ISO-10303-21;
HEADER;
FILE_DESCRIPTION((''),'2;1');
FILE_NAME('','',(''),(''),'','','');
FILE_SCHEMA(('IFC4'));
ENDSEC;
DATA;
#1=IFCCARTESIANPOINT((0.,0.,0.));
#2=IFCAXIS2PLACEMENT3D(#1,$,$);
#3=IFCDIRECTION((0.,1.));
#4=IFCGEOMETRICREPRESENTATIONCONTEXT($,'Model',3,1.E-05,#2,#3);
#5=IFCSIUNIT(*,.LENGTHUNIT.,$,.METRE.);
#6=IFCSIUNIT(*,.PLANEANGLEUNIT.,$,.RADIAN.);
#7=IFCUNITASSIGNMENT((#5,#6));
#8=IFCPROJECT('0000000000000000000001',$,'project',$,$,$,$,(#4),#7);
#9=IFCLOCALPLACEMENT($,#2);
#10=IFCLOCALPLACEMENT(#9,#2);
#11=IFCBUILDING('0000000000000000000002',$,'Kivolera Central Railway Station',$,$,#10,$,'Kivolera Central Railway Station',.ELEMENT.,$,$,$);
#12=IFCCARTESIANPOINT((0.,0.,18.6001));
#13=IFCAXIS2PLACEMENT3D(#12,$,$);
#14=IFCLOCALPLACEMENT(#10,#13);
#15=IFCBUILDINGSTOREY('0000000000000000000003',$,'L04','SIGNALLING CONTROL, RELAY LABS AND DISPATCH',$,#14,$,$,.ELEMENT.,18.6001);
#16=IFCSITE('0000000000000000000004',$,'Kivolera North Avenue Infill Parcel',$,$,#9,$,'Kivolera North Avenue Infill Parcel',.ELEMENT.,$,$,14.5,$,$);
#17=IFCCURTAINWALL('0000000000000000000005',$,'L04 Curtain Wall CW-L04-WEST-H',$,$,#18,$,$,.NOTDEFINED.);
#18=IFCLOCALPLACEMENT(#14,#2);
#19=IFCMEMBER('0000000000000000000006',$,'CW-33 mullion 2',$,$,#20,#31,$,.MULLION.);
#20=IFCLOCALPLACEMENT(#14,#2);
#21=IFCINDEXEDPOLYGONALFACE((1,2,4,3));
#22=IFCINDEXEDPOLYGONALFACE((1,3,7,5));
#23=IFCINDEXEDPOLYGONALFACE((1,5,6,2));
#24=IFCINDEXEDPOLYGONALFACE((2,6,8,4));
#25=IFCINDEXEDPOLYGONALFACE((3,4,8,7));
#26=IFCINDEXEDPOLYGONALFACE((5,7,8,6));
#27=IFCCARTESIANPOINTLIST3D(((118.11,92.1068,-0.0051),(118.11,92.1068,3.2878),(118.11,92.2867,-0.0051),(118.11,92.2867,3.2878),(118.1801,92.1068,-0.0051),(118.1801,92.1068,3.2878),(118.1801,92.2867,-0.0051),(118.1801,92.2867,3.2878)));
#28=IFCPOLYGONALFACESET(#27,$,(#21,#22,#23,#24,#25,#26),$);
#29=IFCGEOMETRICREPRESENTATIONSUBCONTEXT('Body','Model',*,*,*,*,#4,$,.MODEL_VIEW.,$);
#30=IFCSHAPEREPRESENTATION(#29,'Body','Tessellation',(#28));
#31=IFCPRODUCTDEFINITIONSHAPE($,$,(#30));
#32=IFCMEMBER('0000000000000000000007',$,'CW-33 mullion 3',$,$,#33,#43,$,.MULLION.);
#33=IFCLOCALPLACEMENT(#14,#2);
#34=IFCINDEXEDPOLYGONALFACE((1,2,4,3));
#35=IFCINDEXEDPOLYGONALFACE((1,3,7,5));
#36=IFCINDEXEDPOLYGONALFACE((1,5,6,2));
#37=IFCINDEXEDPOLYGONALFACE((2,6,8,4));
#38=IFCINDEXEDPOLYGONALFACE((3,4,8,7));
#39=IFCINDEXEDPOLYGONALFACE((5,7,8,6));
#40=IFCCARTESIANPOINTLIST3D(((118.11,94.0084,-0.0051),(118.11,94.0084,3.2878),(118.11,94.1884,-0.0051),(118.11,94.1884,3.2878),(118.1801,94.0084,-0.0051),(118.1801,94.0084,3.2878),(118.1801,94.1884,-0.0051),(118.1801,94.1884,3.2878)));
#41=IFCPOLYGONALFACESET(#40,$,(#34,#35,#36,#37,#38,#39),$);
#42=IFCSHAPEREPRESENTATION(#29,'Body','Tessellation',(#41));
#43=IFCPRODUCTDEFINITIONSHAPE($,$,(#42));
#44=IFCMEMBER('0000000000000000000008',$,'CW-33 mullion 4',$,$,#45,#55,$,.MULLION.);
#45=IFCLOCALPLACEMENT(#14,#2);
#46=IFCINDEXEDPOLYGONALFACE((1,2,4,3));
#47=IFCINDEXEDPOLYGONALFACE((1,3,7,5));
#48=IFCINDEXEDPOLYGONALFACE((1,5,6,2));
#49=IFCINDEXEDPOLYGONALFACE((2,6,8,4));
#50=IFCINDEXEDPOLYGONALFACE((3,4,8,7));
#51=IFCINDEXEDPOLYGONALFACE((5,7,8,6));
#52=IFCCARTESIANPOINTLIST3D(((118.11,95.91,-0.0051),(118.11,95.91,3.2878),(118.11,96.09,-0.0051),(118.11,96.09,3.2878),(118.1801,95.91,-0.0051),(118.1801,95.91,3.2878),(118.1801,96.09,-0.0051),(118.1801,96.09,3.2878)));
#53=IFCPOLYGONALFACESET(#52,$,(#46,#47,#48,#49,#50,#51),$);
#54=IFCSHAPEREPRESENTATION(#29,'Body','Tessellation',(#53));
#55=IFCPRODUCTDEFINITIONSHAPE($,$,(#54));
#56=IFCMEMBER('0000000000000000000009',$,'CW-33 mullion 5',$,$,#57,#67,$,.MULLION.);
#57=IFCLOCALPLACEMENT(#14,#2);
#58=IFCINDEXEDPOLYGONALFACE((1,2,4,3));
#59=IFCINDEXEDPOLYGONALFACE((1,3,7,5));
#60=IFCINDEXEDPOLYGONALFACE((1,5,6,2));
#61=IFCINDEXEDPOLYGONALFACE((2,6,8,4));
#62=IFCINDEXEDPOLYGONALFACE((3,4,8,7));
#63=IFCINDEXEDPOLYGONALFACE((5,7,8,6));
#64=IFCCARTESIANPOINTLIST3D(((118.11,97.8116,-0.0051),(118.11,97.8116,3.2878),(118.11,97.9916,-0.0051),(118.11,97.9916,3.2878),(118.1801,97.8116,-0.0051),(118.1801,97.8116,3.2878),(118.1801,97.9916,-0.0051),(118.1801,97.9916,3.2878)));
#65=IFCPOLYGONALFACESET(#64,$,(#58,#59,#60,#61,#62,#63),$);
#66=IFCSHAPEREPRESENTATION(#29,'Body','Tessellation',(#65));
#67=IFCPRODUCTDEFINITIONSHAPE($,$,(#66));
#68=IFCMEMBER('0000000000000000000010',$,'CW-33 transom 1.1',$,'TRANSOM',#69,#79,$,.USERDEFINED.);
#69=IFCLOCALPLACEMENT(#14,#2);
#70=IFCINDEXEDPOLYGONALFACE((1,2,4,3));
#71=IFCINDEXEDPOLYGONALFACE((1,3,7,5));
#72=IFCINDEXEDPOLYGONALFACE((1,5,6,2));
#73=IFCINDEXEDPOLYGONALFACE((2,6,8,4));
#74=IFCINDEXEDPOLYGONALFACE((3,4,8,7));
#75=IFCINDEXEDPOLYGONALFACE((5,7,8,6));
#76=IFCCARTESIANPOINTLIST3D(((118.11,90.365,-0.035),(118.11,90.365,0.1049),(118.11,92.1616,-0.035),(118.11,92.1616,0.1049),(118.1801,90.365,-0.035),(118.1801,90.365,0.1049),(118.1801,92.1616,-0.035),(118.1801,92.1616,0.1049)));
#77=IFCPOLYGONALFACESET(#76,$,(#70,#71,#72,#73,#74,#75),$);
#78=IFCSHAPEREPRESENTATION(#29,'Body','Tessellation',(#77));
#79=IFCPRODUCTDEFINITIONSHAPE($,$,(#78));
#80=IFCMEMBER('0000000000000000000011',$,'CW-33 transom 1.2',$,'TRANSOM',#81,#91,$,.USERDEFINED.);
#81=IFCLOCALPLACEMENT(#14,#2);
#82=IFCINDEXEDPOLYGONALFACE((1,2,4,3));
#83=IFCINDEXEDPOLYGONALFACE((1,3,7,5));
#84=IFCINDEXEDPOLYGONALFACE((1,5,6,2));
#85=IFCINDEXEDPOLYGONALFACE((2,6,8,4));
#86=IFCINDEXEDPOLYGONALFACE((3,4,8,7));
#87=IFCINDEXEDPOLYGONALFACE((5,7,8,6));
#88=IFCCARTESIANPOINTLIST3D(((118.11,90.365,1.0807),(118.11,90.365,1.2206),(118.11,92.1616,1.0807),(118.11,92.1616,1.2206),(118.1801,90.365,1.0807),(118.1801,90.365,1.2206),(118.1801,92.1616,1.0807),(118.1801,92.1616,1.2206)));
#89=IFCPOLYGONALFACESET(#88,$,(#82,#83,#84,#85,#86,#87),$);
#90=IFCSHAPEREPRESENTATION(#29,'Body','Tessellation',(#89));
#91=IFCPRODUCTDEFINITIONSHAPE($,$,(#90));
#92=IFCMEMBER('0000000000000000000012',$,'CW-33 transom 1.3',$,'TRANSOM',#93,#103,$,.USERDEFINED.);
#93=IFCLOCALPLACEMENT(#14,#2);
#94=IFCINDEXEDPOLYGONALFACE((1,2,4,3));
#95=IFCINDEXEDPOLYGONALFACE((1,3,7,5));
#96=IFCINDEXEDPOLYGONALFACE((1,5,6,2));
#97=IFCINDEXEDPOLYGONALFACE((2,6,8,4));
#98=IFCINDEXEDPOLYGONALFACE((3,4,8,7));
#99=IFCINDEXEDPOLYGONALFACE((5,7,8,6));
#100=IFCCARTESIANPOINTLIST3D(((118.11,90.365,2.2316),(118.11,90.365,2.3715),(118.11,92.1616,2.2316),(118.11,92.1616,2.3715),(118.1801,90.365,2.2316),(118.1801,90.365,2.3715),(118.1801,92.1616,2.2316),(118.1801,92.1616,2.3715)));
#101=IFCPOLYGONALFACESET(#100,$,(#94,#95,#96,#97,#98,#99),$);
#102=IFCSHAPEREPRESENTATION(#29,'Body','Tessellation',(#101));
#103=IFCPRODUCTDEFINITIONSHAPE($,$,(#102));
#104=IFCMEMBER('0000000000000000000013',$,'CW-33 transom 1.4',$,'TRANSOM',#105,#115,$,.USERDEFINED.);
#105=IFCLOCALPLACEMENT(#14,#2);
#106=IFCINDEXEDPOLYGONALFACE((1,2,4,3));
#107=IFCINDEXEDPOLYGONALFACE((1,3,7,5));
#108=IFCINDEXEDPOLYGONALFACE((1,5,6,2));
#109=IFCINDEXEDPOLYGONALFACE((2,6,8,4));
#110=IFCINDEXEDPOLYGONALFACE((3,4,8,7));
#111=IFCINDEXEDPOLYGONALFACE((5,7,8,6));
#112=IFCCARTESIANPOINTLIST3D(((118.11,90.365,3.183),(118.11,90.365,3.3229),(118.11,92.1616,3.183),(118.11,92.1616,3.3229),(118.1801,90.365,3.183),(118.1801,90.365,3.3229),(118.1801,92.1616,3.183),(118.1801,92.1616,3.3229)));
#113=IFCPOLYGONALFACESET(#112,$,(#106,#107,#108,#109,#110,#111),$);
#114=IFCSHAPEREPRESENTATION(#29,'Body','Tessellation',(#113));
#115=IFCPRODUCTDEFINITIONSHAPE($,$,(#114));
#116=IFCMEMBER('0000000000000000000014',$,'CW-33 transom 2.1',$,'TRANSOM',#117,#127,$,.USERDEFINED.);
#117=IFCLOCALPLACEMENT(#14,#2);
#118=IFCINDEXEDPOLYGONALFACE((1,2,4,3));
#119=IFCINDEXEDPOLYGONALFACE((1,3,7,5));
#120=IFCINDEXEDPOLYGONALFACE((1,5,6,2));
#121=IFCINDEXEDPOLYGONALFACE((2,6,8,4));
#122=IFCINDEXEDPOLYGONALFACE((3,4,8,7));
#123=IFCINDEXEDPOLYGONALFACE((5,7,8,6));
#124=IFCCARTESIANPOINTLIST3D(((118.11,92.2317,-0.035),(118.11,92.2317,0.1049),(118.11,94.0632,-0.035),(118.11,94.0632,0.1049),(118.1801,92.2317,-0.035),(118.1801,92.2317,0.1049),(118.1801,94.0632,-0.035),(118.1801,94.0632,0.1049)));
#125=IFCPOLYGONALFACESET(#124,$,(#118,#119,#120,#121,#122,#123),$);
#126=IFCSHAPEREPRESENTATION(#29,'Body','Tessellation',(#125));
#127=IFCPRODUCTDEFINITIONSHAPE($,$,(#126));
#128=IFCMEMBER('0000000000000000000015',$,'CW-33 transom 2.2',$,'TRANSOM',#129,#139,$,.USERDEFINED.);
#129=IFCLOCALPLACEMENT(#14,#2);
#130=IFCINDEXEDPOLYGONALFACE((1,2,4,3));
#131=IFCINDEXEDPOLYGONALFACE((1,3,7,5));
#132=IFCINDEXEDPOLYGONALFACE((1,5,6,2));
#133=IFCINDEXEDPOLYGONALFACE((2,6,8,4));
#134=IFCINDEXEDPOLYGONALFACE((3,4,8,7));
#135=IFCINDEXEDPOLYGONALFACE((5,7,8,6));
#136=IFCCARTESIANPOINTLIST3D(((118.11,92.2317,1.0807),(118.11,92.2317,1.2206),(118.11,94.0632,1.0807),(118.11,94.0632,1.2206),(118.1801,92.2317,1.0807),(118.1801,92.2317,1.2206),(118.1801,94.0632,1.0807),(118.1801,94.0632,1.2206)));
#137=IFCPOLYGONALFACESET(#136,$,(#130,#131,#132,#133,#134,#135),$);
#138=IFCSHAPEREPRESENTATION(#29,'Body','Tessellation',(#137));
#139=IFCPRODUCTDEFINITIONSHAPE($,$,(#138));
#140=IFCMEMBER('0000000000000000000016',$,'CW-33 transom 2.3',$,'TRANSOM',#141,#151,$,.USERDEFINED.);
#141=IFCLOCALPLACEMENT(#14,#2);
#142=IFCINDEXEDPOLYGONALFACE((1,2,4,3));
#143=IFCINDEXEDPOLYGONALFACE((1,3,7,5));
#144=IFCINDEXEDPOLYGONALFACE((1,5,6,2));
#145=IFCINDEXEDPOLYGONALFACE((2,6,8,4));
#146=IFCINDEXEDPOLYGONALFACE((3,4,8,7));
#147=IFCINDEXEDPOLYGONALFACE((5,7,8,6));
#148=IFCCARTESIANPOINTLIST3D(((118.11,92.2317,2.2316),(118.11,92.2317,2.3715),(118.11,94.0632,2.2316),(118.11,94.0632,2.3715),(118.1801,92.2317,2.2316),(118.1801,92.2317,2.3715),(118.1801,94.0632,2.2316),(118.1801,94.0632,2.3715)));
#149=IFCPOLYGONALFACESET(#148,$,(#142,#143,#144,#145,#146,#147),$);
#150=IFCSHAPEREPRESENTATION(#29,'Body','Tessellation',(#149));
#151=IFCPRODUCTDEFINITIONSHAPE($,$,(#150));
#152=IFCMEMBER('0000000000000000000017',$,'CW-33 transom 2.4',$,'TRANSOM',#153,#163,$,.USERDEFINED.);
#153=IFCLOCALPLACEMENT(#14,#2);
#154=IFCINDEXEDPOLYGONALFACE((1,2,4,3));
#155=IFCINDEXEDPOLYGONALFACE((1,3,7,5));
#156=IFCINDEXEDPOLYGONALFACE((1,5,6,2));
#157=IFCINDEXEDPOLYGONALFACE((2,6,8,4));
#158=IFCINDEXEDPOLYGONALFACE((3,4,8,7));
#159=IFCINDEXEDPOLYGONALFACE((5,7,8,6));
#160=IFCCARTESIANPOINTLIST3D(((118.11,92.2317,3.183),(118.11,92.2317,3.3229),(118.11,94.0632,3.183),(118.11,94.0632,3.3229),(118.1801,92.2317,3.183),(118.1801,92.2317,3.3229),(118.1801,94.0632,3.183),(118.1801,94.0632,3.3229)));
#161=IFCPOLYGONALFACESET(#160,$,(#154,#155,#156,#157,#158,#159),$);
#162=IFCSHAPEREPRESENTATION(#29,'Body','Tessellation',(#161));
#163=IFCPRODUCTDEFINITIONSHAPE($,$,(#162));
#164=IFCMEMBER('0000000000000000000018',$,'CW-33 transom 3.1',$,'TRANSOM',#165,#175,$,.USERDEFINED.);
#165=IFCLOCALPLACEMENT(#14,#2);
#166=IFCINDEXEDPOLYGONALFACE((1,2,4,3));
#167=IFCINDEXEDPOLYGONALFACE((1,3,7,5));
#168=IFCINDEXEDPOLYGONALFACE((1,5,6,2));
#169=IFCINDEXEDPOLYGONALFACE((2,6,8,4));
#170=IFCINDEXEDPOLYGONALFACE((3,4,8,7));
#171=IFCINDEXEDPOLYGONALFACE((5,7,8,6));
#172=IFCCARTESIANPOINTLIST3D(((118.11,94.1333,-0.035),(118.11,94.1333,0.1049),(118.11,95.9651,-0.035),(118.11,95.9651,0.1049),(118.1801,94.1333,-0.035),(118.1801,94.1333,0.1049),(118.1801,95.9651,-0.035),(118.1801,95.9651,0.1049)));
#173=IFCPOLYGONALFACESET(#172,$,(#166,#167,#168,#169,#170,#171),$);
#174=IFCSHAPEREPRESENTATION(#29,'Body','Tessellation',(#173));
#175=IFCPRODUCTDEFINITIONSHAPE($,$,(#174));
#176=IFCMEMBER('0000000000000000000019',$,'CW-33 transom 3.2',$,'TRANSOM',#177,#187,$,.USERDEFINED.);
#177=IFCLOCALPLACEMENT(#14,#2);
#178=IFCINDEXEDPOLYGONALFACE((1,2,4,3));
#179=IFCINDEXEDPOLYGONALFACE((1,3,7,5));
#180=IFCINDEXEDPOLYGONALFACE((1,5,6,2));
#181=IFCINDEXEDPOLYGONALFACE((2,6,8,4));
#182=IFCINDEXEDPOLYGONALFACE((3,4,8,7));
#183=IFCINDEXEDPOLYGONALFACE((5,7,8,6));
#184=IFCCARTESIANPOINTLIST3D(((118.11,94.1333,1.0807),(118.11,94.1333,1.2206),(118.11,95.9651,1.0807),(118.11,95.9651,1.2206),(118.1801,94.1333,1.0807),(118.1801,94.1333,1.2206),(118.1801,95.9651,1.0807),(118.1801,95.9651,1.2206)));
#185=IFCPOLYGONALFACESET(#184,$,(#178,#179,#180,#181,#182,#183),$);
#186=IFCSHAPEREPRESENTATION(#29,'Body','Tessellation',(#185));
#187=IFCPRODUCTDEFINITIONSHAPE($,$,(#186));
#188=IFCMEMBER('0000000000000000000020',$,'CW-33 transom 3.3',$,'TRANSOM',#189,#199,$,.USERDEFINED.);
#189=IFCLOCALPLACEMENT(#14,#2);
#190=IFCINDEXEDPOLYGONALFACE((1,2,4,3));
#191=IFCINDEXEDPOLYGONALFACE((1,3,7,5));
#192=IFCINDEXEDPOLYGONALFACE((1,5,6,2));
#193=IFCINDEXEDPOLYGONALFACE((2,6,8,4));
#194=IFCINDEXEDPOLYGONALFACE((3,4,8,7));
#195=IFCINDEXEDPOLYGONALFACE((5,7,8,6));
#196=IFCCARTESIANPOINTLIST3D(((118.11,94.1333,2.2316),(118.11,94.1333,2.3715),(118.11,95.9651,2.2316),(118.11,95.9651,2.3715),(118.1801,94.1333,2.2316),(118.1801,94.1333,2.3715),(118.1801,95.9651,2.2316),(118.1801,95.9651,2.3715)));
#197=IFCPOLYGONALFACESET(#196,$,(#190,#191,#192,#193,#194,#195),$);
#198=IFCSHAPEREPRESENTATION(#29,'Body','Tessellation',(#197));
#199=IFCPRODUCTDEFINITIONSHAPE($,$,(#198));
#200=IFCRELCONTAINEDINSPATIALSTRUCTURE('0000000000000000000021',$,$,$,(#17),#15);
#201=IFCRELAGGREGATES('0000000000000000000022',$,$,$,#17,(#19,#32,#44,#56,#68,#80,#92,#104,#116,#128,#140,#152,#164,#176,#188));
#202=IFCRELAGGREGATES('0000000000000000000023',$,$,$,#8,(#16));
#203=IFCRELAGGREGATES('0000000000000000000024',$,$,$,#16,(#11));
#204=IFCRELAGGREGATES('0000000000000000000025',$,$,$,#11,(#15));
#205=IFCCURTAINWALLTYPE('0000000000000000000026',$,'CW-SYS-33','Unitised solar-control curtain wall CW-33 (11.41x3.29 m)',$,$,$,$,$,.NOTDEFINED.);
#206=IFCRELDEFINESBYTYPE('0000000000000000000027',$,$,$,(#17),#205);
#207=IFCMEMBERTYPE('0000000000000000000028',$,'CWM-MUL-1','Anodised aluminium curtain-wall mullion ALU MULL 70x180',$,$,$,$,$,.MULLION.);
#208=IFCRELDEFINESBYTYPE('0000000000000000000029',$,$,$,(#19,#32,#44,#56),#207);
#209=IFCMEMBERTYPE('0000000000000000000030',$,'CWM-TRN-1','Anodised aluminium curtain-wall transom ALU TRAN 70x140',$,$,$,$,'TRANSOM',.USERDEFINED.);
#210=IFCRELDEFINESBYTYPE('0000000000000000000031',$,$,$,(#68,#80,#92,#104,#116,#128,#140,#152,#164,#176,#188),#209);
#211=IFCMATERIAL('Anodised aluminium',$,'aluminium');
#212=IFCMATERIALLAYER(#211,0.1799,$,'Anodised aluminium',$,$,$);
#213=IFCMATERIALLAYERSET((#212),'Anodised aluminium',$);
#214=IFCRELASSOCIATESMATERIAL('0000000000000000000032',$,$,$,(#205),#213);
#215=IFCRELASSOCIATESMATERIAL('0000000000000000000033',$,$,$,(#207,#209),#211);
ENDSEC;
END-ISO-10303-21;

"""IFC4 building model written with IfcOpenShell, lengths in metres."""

from ifc_helpers import new_model, si_unit, direction, frame, origin, origin_2d, place, context, subcontext, project, spatial, rectangle, extrude, material, layer, layer_set, material_profile, profile_set, type_object, element, aggregate, save


model = new_model("IFC4")

# Units and contexts
model_context = context("Model", 3, precision=1e-05, world=origin(), true_north=direction((0.0, 1.0)))
body_context = subcontext(model_context, "Body", "Model", "MODEL_VIEW")
ifc_project = project(units=[si_unit("LENGTHUNIT", "METRE"), si_unit("PLANEANGLEUNIT", "RADIAN")], contexts=[model_context])

# Site, building, storey
site_placement = place(None, origin())
site = spatial("IfcSite", under=ifc_project, at=site_placement, Name="Kivolera North Avenue Infill Parcel", LongName="Kivolera North Avenue Infill Parcel", CompositionType="ELEMENT", RefElevation=14.5)
building_placement = place(site_placement, origin())
building = spatial("IfcBuilding", under=site, at=building_placement, Name="Kivolera Central Railway Station", LongName="Kivolera Central Railway Station", CompositionType="ELEMENT")
storey_placement = place(building_placement, frame((0.0, 0.0, 18.6001)))
storey = spatial("IfcBuildingStorey", under=building, at=storey_placement, Name="L04", Description="SIGNALLING CONTROL, RELAY LABS AND DISPATCH", CompositionType="ELEMENT", Elevation=18.6001)

# Curtain wall, members
ifc_material_1 = material(Name="Anodised aluminium", Category="aluminium")
ifc_layer_1 = layer(ifc_material_1, 0.1799, Name="Anodised aluminium")
ifc_layer_set_1 = layer_set([ifc_layer_1], Name="Anodised aluminium")
curtain_wall_type = type_object("IfcCurtainWallType", Name="CW-SYS-33", Description="Unitised solar-control curtain wall CW-33 (11.41x3.29 m)", PredefinedType="NOTDEFINED", material=ifc_layer_set_1)
curtain_wall_placement = place(storey_placement, origin())
curtain_wall = element("IfcCurtainWall", 1, at=curtain_wall_placement, inside=storey, type_object=curtain_wall_type, Name="L04 Curtain Wall CW-L04-WEST-H", PredefinedType="NOTDEFINED")
ifc_material_profile_1 = material_profile(ifc_material_1, rectangle(XDim=0.0701, YDim=0.1799, at=origin_2d()), Name="ALU MULL 70x180")
ifc_profile_set_1 = profile_set([ifc_material_profile_1], Name="Anodised aluminium")
member_type_1 = type_object("IfcMemberType", Name="CWM-MUL-1", Description="Anodised aluminium curtain-wall mullion ALU MULL 70x180", PredefinedType="MULLION", material=ifc_profile_set_1)
member_1_placement = place(storey_placement, frame((118.145, 92.1968, -0.0051), z_axis=(0.0, 0.0, 1.0), x_axis=(-1.0, 0.0, 0.0)))
member_1 = element("IfcMember", 2, at=member_1_placement, type_object=member_type_1, Name="CW-33 mullion 2", PredefinedType="MULLION", context=body_context, shape_type="SweptSolid", body=[
    extrude(rectangle(XDim=0.0701, YDim=0.1799, at=origin_2d()), origin(), (0.0, 0.0, 1.0), 3.293),
])
member_2_placement = place(storey_placement, frame((118.145, 94.0984, -0.0051), z_axis=(0.0, 0.0, 1.0), x_axis=(-1.0, 0.0, 0.0)))
member_2 = element("IfcMember", 3, at=member_2_placement, type_object=member_type_1, Name="CW-33 mullion 3", PredefinedType="MULLION", context=body_context, shape_type="SweptSolid", body=[
    extrude(rectangle(XDim=0.0701, YDim=0.1799, at=origin_2d()), origin(), (0.0, 0.0, 1.0), 3.293),
])
member_3_placement = place(storey_placement, frame((118.145, 96.0, -0.0051), z_axis=(0.0, 0.0, 1.0), x_axis=(-1.0, 0.0, 0.0)))
member_3 = element("IfcMember", 4, at=member_3_placement, type_object=member_type_1, Name="CW-33 mullion 4", PredefinedType="MULLION", context=body_context, shape_type="SweptSolid", body=[
    extrude(rectangle(XDim=0.0701, YDim=0.1799, at=origin_2d()), origin(), (0.0, 0.0, 1.0), 3.293),
])
member_4_placement = place(storey_placement, frame((118.145, 97.9016, -0.0051), z_axis=(0.0, 0.0, 1.0), x_axis=(-1.0, 0.0, 0.0)))
member_4 = element("IfcMember", 5, at=member_4_placement, type_object=member_type_1, Name="CW-33 mullion 5", PredefinedType="MULLION", context=body_context, shape_type="SweptSolid", body=[
    extrude(rectangle(XDim=0.0701, YDim=0.1799, at=origin_2d()), origin(), (0.0, 0.0, 1.0), 3.293),
])
ifc_material_profile_2 = material_profile(ifc_material_1, rectangle(XDim=0.0701, YDim=0.1399, at=origin_2d()), Name="ALU TRAN 70x140")
ifc_profile_set_2 = profile_set([ifc_material_profile_2], Name="Anodised aluminium")
member_type_2 = type_object("IfcMemberType", Name="CWM-TRN-1", Description="Anodised aluminium curtain-wall transom ALU TRAN 70x140", ElementType="TRANSOM", PredefinedType="USERDEFINED", material=ifc_profile_set_2)
member_5_placement = place(storey_placement, frame((118.145, 90.365, 0.0349), z_axis=(0.0, 1.0, 0.0), x_axis=(-1.0, 0.0, 0.0)))
member_5 = element("IfcMember", 6, at=member_5_placement, type_object=member_type_2, Name="CW-33 transom 1.1", ObjectType="TRANSOM", PredefinedType="USERDEFINED", context=body_context, shape_type="SweptSolid", body=[
    extrude(rectangle(XDim=0.0701, YDim=0.1399, at=origin_2d()), origin(), (0.0, 0.0, 1.0), 1.7966),
])
member_6_placement = place(storey_placement, frame((118.145, 90.365, 1.1506), z_axis=(0.0, 1.0, 0.0), x_axis=(-1.0, 0.0, 0.0)))
member_6 = element("IfcMember", 7, at=member_6_placement, type_object=member_type_2, Name="CW-33 transom 1.2", ObjectType="TRANSOM", PredefinedType="USERDEFINED", context=body_context, shape_type="SweptSolid", body=[
    extrude(rectangle(XDim=0.0701, YDim=0.1399, at=origin_2d()), origin(), (0.0, 0.0, 1.0), 1.7966),
])
member_7_placement = place(storey_placement, frame((118.145, 90.365, 2.3015), z_axis=(0.0, 1.0, 0.0), x_axis=(-1.0, 0.0, 0.0)))
member_7 = element("IfcMember", 8, at=member_7_placement, type_object=member_type_2, Name="CW-33 transom 1.3", ObjectType="TRANSOM", PredefinedType="USERDEFINED", context=body_context, shape_type="SweptSolid", body=[
    extrude(rectangle(XDim=0.0701, YDim=0.1399, at=origin_2d()), origin(), (0.0, 0.0, 1.0), 1.7966),
])
member_8_placement = place(storey_placement, frame((118.145, 90.365, 3.2529), z_axis=(0.0, 1.0, 0.0), x_axis=(-1.0, 0.0, 0.0)))
member_8 = element("IfcMember", 9, at=member_8_placement, type_object=member_type_2, Name="CW-33 transom 1.4", ObjectType="TRANSOM", PredefinedType="USERDEFINED", context=body_context, shape_type="SweptSolid", body=[
    extrude(rectangle(XDim=0.0701, YDim=0.1399, at=origin_2d()), origin(), (0.0, 0.0, 1.0), 1.7966),
])
member_9_placement = place(storey_placement, frame((118.145, 92.2317, 0.0349), z_axis=(0.0, 1.0, 0.0), x_axis=(-1.0, 0.0, 0.0)))
member_9 = element("IfcMember", 10, at=member_9_placement, type_object=member_type_2, Name="CW-33 transom 2.1", ObjectType="TRANSOM", PredefinedType="USERDEFINED", context=body_context, shape_type="SweptSolid", body=[
    extrude(rectangle(XDim=0.0701, YDim=0.1399, at=origin_2d()), origin(), (0.0, 0.0, 1.0), 1.8315),
])
member_10_placement = place(storey_placement, frame((118.145, 92.2317, 1.1506), z_axis=(0.0, 1.0, 0.0), x_axis=(-1.0, 0.0, 0.0)))
member_10 = element("IfcMember", 11, at=member_10_placement, type_object=member_type_2, Name="CW-33 transom 2.2", ObjectType="TRANSOM", PredefinedType="USERDEFINED", context=body_context, shape_type="SweptSolid", body=[
    extrude(rectangle(XDim=0.0701, YDim=0.1399, at=origin_2d()), origin(), (0.0, 0.0, 1.0), 1.8315),
])
member_11_placement = place(storey_placement, frame((118.145, 92.2317, 2.3015), z_axis=(0.0, 1.0, 0.0), x_axis=(-1.0, 0.0, 0.0)))
member_11 = element("IfcMember", 12, at=member_11_placement, type_object=member_type_2, Name="CW-33 transom 2.3", ObjectType="TRANSOM", PredefinedType="USERDEFINED", context=body_context, shape_type="SweptSolid", body=[
    extrude(rectangle(XDim=0.0701, YDim=0.1399, at=origin_2d()), origin(), (0.0, 0.0, 1.0), 1.8315),
])
member_12_placement = place(storey_placement, frame((118.145, 92.2317, 3.2529), z_axis=(0.0, 1.0, 0.0), x_axis=(-1.0, 0.0, 0.0)))
member_12 = element("IfcMember", 13, at=member_12_placement, type_object=member_type_2, Name="CW-33 transom 2.4", ObjectType="TRANSOM", PredefinedType="USERDEFINED", context=body_context, shape_type="SweptSolid", body=[
    extrude(rectangle(XDim=0.0701, YDim=0.1399, at=origin_2d()), origin(), (0.0, 0.0, 1.0), 1.8315),
])
member_13_placement = place(storey_placement, frame((118.145, 94.1333, 0.0349), z_axis=(0.0, 1.0, 0.0), x_axis=(-1.0, 0.0, 0.0)))
member_13 = element("IfcMember", 14, at=member_13_placement, type_object=member_type_2, Name="CW-33 transom 3.1", ObjectType="TRANSOM", PredefinedType="USERDEFINED", context=body_context, shape_type="SweptSolid", body=[
    extrude(rectangle(XDim=0.0701, YDim=0.1399, at=origin_2d()), origin(), (0.0, 0.0, 1.0), 1.8318),
])
member_14_placement = place(storey_placement, frame((118.145, 94.1333, 1.1506), z_axis=(0.0, 1.0, 0.0), x_axis=(-1.0, 0.0, 0.0)))
member_14 = element("IfcMember", 15, at=member_14_placement, type_object=member_type_2, Name="CW-33 transom 3.2", ObjectType="TRANSOM", PredefinedType="USERDEFINED", context=body_context, shape_type="SweptSolid", body=[
    extrude(rectangle(XDim=0.0701, YDim=0.1399, at=origin_2d()), origin(), (0.0, 0.0, 1.0), 1.8318),
])
member_15_placement = place(storey_placement, frame((118.145, 94.1333, 2.3015), z_axis=(0.0, 1.0, 0.0), x_axis=(-1.0, 0.0, 0.0)))
member_15 = element("IfcMember", 16, at=member_15_placement, type_object=member_type_2, Name="CW-33 transom 3.3", ObjectType="TRANSOM", PredefinedType="USERDEFINED", context=body_context, shape_type="SweptSolid", body=[
    extrude(rectangle(XDim=0.0701, YDim=0.1399, at=origin_2d()), origin(), (0.0, 0.0, 1.0), 1.8318),
])
aggregate(curtain_wall, [member_1, member_2, member_3, member_4, member_5, member_6, member_7, member_8, member_9, member_10, member_11, member_12, member_13, member_14, member_15])

save(model, "model.ifc")
